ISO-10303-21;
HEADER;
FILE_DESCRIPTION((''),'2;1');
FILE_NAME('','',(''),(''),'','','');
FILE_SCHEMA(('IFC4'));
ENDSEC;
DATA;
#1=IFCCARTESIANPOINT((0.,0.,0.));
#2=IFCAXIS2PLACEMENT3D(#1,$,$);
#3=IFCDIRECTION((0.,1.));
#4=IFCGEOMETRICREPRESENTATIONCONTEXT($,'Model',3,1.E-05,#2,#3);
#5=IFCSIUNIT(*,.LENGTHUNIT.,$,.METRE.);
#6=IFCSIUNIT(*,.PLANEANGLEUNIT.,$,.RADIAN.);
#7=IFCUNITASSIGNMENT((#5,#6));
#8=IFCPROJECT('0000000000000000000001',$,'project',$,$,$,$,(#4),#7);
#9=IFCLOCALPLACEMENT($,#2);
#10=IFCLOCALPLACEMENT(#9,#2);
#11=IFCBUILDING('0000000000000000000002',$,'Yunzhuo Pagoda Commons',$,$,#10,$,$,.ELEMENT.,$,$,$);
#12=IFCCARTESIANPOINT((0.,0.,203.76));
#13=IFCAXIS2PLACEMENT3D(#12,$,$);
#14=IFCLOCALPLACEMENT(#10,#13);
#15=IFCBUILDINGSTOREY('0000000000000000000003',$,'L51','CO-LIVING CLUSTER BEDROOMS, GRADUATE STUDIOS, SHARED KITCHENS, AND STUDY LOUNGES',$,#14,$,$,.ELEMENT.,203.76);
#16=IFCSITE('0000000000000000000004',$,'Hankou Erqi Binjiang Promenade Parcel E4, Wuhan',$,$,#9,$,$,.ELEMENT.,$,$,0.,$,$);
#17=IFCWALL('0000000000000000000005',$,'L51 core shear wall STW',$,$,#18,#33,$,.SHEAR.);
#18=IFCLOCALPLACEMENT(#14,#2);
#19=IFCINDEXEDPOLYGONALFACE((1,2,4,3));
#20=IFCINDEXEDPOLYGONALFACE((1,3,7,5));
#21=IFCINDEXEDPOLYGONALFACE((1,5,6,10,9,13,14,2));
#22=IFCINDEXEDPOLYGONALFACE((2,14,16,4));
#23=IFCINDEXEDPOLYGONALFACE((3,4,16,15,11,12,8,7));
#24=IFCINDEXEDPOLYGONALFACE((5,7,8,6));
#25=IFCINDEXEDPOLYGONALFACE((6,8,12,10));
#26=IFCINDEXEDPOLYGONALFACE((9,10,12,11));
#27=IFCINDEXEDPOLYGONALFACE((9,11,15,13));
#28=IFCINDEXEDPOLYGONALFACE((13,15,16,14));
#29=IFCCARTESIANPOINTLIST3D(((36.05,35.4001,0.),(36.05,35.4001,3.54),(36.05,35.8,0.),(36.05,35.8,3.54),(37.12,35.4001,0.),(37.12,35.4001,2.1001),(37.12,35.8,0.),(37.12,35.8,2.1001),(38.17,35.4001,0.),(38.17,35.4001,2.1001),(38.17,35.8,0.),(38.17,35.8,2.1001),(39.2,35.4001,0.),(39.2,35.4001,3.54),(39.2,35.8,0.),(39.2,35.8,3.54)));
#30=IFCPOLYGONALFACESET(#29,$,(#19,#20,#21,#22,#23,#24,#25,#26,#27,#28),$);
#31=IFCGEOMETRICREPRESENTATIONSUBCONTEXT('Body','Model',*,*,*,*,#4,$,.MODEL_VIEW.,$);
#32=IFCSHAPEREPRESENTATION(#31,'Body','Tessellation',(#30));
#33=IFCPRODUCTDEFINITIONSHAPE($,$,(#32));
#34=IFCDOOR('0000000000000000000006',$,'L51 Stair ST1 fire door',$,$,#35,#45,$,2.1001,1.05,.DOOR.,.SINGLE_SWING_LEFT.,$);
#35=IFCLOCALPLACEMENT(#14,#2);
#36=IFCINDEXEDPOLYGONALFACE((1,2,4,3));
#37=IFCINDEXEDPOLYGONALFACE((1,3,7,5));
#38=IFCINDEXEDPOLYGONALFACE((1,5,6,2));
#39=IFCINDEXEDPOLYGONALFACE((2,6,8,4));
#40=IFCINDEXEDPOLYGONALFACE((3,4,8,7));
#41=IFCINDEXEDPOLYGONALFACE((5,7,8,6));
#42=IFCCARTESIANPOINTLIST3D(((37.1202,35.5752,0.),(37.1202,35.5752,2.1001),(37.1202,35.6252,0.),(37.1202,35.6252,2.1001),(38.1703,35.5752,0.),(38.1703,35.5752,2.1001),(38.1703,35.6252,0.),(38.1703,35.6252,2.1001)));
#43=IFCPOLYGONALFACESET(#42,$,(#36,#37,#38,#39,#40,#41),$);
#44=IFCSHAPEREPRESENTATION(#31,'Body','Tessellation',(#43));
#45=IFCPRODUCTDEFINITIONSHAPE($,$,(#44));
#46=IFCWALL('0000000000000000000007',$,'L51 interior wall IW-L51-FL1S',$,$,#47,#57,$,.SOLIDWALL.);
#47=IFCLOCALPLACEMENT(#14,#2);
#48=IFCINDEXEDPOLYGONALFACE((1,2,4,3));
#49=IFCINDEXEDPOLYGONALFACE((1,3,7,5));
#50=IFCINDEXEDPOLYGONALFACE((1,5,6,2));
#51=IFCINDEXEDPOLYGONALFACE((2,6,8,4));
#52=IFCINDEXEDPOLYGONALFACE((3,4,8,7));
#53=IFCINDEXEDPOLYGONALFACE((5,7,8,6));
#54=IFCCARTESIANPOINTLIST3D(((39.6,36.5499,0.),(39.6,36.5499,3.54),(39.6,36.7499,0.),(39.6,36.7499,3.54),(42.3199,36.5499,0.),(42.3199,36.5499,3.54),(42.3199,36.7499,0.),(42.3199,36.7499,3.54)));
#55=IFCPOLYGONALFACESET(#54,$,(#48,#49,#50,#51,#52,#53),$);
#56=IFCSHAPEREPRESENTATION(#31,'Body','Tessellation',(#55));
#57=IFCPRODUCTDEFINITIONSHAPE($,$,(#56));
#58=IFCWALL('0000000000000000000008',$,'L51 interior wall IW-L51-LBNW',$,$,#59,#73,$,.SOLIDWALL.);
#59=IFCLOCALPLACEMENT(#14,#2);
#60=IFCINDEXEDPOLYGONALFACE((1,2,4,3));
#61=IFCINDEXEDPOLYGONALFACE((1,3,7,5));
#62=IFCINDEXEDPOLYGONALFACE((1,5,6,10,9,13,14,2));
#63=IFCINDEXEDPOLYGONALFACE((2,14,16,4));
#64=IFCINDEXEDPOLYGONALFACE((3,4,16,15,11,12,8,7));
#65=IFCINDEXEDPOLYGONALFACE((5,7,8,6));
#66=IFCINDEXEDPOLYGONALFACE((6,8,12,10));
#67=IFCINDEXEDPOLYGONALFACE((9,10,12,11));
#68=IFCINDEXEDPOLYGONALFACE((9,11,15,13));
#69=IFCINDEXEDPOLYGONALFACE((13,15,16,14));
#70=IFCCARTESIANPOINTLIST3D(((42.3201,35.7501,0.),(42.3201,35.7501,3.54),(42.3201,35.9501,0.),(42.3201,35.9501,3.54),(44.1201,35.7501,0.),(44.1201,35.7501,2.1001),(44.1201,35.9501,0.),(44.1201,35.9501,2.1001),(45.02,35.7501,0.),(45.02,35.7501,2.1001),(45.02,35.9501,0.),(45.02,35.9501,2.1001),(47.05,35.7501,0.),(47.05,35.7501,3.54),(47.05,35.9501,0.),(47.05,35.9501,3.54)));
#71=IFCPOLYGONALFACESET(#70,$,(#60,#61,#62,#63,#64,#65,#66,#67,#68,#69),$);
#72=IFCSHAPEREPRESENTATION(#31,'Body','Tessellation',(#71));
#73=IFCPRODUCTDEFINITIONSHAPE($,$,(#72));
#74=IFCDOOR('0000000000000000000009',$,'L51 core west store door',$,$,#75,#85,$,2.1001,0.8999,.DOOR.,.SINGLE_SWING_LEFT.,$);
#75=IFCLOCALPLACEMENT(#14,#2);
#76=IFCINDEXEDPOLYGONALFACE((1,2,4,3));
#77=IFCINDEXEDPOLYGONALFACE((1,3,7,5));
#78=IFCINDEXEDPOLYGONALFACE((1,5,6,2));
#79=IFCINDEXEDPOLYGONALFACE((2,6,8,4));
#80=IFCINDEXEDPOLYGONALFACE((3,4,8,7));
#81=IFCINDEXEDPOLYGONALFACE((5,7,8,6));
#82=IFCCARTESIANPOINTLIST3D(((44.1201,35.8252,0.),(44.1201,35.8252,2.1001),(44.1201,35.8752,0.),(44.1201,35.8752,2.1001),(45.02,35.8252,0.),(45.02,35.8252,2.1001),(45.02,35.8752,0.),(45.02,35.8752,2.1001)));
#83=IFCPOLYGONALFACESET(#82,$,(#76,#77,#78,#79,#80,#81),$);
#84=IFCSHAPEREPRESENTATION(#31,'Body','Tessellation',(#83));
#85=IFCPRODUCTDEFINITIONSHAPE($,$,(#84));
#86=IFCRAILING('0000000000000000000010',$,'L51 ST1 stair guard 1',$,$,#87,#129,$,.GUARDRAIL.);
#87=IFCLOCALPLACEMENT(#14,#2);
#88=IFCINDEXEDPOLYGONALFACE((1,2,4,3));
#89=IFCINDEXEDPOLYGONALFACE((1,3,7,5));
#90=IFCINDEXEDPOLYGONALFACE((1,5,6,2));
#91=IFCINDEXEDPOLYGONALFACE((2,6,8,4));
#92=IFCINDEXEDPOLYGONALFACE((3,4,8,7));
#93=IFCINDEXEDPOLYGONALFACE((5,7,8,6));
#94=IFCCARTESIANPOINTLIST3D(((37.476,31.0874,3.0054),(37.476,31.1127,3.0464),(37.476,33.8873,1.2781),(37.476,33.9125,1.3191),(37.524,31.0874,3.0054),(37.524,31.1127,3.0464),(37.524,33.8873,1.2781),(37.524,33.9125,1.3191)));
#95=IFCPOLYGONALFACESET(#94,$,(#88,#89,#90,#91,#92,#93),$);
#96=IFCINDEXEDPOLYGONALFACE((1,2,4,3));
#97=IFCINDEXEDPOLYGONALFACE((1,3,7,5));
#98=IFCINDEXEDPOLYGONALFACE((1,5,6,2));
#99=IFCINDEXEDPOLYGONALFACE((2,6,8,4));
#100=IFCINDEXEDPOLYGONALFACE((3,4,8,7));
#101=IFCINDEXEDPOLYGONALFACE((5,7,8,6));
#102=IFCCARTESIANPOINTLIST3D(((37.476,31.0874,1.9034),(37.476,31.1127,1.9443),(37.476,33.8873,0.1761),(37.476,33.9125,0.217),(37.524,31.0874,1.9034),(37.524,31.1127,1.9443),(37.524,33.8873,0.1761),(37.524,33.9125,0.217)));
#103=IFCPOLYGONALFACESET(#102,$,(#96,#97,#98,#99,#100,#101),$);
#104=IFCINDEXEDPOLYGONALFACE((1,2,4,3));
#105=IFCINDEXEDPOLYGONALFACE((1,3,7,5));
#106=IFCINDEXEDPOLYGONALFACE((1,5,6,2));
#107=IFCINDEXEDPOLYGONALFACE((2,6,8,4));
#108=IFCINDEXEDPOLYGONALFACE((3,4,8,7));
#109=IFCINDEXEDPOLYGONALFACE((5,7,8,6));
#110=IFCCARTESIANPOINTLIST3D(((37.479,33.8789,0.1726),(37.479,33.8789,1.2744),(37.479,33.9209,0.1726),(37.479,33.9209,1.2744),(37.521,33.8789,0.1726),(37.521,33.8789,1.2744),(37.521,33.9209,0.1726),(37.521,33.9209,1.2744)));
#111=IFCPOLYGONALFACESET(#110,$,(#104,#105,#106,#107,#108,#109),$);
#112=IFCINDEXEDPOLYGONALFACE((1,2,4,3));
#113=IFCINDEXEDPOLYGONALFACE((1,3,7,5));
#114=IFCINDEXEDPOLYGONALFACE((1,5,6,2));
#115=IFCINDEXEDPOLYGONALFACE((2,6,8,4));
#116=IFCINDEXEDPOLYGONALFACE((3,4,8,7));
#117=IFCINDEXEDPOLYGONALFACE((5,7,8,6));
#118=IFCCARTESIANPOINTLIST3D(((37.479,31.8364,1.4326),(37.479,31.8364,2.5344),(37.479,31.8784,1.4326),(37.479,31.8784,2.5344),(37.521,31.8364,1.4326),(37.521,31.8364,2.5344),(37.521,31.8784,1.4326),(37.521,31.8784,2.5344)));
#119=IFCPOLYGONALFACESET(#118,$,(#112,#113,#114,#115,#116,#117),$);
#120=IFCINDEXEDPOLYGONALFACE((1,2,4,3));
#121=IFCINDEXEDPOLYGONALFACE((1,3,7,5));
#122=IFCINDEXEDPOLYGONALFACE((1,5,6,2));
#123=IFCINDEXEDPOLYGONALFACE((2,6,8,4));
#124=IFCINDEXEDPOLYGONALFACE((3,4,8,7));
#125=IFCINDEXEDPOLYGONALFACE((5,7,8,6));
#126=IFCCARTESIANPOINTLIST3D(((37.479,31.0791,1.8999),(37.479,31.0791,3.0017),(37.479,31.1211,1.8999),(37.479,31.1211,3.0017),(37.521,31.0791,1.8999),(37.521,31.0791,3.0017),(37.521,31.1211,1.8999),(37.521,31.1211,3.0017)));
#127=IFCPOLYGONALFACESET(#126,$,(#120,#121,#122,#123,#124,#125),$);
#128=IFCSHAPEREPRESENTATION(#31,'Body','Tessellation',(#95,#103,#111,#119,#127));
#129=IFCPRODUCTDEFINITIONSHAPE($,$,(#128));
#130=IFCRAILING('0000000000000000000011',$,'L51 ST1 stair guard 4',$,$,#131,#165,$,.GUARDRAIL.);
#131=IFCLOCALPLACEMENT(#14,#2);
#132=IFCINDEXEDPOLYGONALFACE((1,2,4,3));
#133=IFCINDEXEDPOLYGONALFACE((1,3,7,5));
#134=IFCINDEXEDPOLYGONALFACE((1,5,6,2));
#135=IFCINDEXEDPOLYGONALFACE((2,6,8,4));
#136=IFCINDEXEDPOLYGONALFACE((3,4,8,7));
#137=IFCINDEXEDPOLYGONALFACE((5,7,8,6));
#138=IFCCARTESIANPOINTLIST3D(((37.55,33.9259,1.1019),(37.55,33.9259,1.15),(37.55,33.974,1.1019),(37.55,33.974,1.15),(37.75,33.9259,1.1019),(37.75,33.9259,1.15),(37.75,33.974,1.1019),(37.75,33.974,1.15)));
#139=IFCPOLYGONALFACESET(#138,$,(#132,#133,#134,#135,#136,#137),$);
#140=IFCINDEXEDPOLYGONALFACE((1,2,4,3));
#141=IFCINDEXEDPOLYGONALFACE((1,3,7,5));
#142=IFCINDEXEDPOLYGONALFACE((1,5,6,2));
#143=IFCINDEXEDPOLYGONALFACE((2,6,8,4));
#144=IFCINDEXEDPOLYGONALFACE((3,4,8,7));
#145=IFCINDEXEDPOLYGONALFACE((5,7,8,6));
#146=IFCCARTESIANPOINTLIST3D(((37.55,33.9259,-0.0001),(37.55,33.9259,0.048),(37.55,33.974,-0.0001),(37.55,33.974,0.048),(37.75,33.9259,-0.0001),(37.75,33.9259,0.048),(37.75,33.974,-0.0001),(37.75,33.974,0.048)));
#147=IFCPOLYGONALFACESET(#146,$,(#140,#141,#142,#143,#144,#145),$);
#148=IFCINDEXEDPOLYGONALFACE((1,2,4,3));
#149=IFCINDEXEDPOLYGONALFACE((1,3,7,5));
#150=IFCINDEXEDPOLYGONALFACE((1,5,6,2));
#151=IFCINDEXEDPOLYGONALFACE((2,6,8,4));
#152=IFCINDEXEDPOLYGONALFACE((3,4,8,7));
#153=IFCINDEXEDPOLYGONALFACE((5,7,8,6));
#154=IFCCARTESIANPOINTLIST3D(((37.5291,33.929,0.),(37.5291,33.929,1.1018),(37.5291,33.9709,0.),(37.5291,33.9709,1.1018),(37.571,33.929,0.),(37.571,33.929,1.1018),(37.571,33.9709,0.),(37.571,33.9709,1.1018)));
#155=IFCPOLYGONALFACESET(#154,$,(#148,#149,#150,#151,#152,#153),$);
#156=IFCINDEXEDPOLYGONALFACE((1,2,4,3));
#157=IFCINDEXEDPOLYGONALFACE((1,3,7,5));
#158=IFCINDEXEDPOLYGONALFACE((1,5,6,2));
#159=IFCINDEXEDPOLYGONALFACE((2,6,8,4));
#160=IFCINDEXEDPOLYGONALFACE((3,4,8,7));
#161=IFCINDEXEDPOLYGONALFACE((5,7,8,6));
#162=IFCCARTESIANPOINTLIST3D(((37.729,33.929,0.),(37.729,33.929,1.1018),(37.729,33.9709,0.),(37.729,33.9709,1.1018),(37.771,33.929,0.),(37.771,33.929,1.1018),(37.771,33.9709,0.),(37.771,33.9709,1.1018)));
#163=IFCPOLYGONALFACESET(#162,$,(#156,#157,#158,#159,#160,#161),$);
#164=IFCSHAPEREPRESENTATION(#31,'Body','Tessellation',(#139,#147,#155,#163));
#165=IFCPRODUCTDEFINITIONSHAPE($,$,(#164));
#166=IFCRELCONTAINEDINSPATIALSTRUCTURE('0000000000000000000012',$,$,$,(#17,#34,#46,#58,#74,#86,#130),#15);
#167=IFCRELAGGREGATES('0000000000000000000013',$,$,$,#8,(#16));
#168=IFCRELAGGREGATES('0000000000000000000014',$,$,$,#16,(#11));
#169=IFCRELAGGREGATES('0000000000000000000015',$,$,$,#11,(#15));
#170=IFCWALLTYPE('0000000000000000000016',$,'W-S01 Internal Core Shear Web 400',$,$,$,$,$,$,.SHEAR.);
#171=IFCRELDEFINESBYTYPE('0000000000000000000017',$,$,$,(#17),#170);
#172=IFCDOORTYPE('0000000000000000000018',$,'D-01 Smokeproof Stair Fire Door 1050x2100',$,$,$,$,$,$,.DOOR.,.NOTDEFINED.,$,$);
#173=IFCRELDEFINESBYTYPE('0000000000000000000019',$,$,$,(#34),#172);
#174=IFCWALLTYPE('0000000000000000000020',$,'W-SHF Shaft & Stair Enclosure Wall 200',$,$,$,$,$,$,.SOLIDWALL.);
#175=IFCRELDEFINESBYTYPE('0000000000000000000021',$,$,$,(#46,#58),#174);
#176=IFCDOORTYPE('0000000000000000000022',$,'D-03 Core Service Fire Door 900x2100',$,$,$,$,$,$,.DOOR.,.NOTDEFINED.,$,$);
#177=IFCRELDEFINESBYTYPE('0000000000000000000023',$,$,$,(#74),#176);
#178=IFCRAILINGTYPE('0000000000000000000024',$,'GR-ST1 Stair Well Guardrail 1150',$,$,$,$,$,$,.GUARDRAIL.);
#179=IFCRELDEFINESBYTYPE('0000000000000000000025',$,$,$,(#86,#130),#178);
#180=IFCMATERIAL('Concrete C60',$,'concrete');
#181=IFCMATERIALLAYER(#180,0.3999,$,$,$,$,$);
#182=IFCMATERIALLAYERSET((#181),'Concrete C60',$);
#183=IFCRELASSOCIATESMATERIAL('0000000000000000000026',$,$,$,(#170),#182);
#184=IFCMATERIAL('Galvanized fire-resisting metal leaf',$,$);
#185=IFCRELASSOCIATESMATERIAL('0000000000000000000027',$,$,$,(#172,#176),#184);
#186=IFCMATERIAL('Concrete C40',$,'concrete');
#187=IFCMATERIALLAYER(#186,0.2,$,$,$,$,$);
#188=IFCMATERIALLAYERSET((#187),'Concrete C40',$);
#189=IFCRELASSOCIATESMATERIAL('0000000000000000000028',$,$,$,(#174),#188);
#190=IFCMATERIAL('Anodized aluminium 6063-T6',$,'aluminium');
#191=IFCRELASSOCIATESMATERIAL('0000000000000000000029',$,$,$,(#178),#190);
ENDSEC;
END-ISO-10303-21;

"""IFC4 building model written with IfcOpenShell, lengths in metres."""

from ifc_helpers import new_model, si_unit, direction, frame, frame_2d, origin, origin_2d, place, context, subcontext, project, spatial, rectangle, extrude, source, transform, mapped, material, layer, layer_set, type_object, element, fill, save


model = new_model("IFC4")

# Units and contexts
model_context = context("Model", 3, precision=1e-05, world=origin(), true_north=direction((0.0, 1.0)))
body_context = subcontext(model_context, "Body", "Model", "MODEL_VIEW")
ifc_project = project(units=[si_unit("LENGTHUNIT", "METRE"), si_unit("PLANEANGLEUNIT", "RADIAN")], contexts=[model_context])

# Site, building, storey
site_placement = place(None, origin())
site = spatial("IfcSite", under=ifc_project, at=site_placement, Name="Hankou Erqi Binjiang Promenade Parcel E4, Wuhan", CompositionType="ELEMENT", RefElevation=0.0)
building_placement = place(site_placement, origin())
building = spatial("IfcBuilding", under=site, at=building_placement, Name="Yunzhuo Pagoda Commons", CompositionType="ELEMENT")
storey_placement = place(building_placement, frame((0.0, 0.0, 203.76)))
storey = spatial("IfcBuildingStorey", under=building, at=storey_placement, Name="L51", Description="CO-LIVING CLUSTER BEDROOMS, GRADUATE STUDIOS, SHARED KITCHENS, AND STUDY LOUNGES", CompositionType="ELEMENT", Elevation=203.76)

# Shared definitions
ifc_material_1 = material(Name="Galvanized fire-resisting metal leaf")
shared_shape_1 = source(origin(), body_context, "Body", "SweptSolid", [
    extrude(rectangle(XDim=1.05, YDim=2.1001, at=frame_2d((0.5249, 1.05))), frame((0.0, 0.0249, 0.0), z_axis=(0.0, -1.0, 0.0), x_axis=(1.0, 0.0, 0.0)), (0.0, 0.0, 1.0), 0.05),
])

# Wall, opening, door
ifc_material_2 = material(Name="Concrete C60", Category="concrete")
ifc_layer_1 = layer(ifc_material_2, 0.3999)
ifc_layer_set_1 = layer_set([ifc_layer_1], Name="Concrete C60")
wall_type_1 = type_object("IfcWallType", Name="W-S01 Internal Core Shear Web 400", PredefinedType="SHEAR", material=ifc_layer_set_1)
wall_1_placement = place(storey_placement, frame((36.05, 35.6001, 0.0), z_axis=(0.0, 0.0, 1.0), x_axis=(1.0, 0.0, 0.0)))
wall_1 = element("IfcWall", 1, at=wall_1_placement, inside=storey, type_object=wall_type_1, Name="L51 core shear wall STW", PredefinedType="SHEAR", context=body_context, shape_type="SweptSolid", body=[
    extrude(rectangle(XDim=3.1499, YDim=0.3999, at=frame_2d((1.575, 0.0))), origin(), (0.0, 0.0, 1.0), 3.54),
])
opening_1_placement = place(wall_1_placement, frame((1.0701, 0.0, 0.0)))
opening_1 = element("IfcOpeningElement", 2, at=opening_1_placement, cuts=wall_1, PredefinedType="OPENING", context=body_context, shape_type="SweptSolid", body=[
    extrude(rectangle(XDim=1.05, YDim=2.1001, at=frame_2d((0.5249, 1.05))), frame((0.0, 0.21, 0.0), z_axis=(0.0, -1.0, 0.0), x_axis=(1.0, 0.0, 0.0)), (0.0, 0.0, 1.0), 0.4199),
])
door_type_1 = type_object("IfcDoorType", Name="D-01 Smokeproof Stair Fire Door 1050x2100", OperationType="NOTDEFINED", PredefinedType="DOOR", material=ifc_material_1)
door_1_placement = place(opening_1_placement, frame((1.05, 0.0, 0.0), z_axis=(0.0, 0.0, 1.0), x_axis=(-1.0, 0.0, 0.0)))
door_1 = element("IfcDoor", 3, at=door_1_placement, inside=storey, type_object=door_type_1, Name="L51 Stair ST1 fire door", OperationType="SINGLE_SWING_LEFT", OverallHeight=2.1001, OverallWidth=1.05, PredefinedType="DOOR", context=body_context, shape_type="MappedRepresentation", body=[
    mapped(shared_shape_1, transform((0.0, 0.0, 0.0), scale=1.0)),
])
fill(opening_1, door_1)

# Wall
ifc_material_3 = material(Name="Concrete C40", Category="concrete")
ifc_layer_2 = layer(ifc_material_3, 0.2)
ifc_layer_set_2 = layer_set([ifc_layer_2], Name="Concrete C40")
wall_type_2 = type_object("IfcWallType", Name="W-SHF Shaft & Stair Enclosure Wall 200", PredefinedType="SOLIDWALL", material=ifc_layer_set_2)
wall_2_placement = place(storey_placement, frame((39.6001, 36.6499, 0.0), z_axis=(0.0, 0.0, 1.0), x_axis=(1.0, 0.0, 0.0)))
element("IfcWall", 4, at=wall_2_placement, inside=storey, type_object=wall_type_2, Name="L51 interior wall IW-L51-FL1S", PredefinedType="SOLIDWALL", context=body_context, shape_type="SweptSolid", body=[
    extrude(rectangle(XDim=2.72, YDim=0.2, at=frame_2d((1.3599, 0.0))), origin(), (0.0, 0.0, 1.0), 3.54),
])

# Wall, opening, door
wall_3_placement = place(storey_placement, frame((42.3201, 35.8501, 0.0), z_axis=(0.0, 0.0, 1.0), x_axis=(1.0, 0.0, 0.0)))
wall_3 = element("IfcWall", 5, at=wall_3_placement, inside=storey, type_object=wall_type_2, Name="L51 interior wall IW-L51-LBNW", PredefinedType="SOLIDWALL", context=body_context, shape_type="SweptSolid", body=[
    extrude(rectangle(XDim=4.73, YDim=0.2, at=frame_2d((2.365, 0.0))), origin(), (0.0, 0.0, 1.0), 3.54),
])
opening_2_placement = place(wall_3_placement, frame((1.8, 0.0, 0.0)))
opening_2 = element("IfcOpeningElement", 6, at=opening_2_placement, cuts=wall_3, PredefinedType="OPENING", context=body_context, shape_type="SweptSolid", body=[
    extrude(rectangle(XDim=0.8999, YDim=2.1001, at=frame_2d((0.45, 1.05))), frame((0.0, 0.1099, 0.0), z_axis=(0.0, -1.0, 0.0), x_axis=(1.0, 0.0, 0.0)), (0.0, 0.0, 1.0), 0.22),
])
door_type_2 = type_object("IfcDoorType", Name="D-03 Core Service Fire Door 900x2100", OperationType="NOTDEFINED", PredefinedType="DOOR", material=ifc_material_1)
shared_shape_2 = source(origin(), body_context, "Body", "SweptSolid", [
    extrude(rectangle(XDim=0.8999, YDim=2.1001, at=frame_2d((0.45, 1.05))), frame((0.0, 0.0249, 0.0), z_axis=(0.0, -1.0, 0.0), x_axis=(1.0, 0.0, 0.0)), (0.0, 0.0, 1.0), 0.05),
])
door_2_placement = place(opening_2_placement, frame((0.8999, 0.0, 0.0), z_axis=(0.0, 0.0, 1.0), x_axis=(-1.0, 0.0, 0.0)))
door_2 = element("IfcDoor", 7, at=door_2_placement, inside=storey, type_object=door_type_2, Name="L51 core west store door", OperationType="SINGLE_SWING_LEFT", OverallHeight=2.1001, OverallWidth=0.8999, PredefinedType="DOOR", context=body_context, shape_type="MappedRepresentation", body=[
    mapped(shared_shape_2, transform((0.0, 0.0, 0.0), scale=1.0)),
])
fill(opening_2, door_2)

# Railings
ifc_material_4 = material(Name="Anodized aluminium 6063-T6", Category="aluminium")
railing_type = type_object("IfcRailingType", Name="GR-ST1 Stair Well Guardrail 1150", PredefinedType="GUARDRAIL", material=ifc_material_4)
railing_1_placement = place(storey_placement, frame((37.5, 33.8999, 0.1726)))
element("IfcRailing", 8, at=railing_1_placement, inside=storey, type_object=railing_type, Name="L51 ST1 stair guard 1", PredefinedType="GUARDRAIL", context=body_context, shape_type="SweptSolid", body=[
    extrude(rectangle(XDim=0.0481, YDim=0.0481, at=origin_2d()), frame((0.0, 0.0, 1.126), z_axis=(0.0, -0.851069, 0.525054), x_axis=(1.0, 0.0, 0.0)), (0.0, 0.0, 1.0), 3.2898),
    extrude(rectangle(XDim=0.0481, YDim=0.0481, at=origin_2d()), frame((0.0, 0.0, 0.0239), z_axis=(0.0, -0.851069, 0.525054), x_axis=(1.0, 0.0, 0.0)), (0.0, 0.0, 1.0), 3.2898),
    extrude(rectangle(XDim=0.042, YDim=0.042, at=origin_2d()), origin(), (0.0, 0.0, 1.0), 1.1018),
    extrude(rectangle(XDim=0.042, YDim=0.042, at=origin_2d()), frame((0.0, -2.0425, 1.26)), (0.0, 0.0, 1.0), 1.1018),
    extrude(rectangle(XDim=0.042, YDim=0.042, at=origin_2d()), frame((0.0, -2.7998, 1.7273)), (0.0, 0.0, 1.0), 1.1018),
])
railing_2_placement = place(storey_placement, frame((37.55, 33.95, 0.0)))
element("IfcRailing", 9, at=railing_2_placement, inside=storey, type_object=railing_type, Name="L51 ST1 stair guard 4", PredefinedType="GUARDRAIL", context=body_context, shape_type="SweptSolid", body=[
    extrude(rectangle(XDim=0.0481, YDim=0.0481, at=origin_2d()), frame((0.0, 0.0, 1.126), z_axis=(1.0, 0.0, 0.0), x_axis=(0.0, 1.0, 0.0)), (0.0, 0.0, 1.0), 0.2),
    extrude(rectangle(XDim=0.0481, YDim=0.0481, at=origin_2d()), frame((0.0, 0.0, 0.0239), z_axis=(1.0, 0.0, 0.0), x_axis=(0.0, 1.0, 0.0)), (0.0, 0.0, 1.0), 0.2),
    extrude(rectangle(XDim=0.042, YDim=0.042, at=origin_2d()), origin(), (0.0, 0.0, 1.0), 1.1018),
    extrude(rectangle(XDim=0.042, YDim=0.042, at=origin_2d()), frame((0.2, 0.0, 0.0)), (0.0, 0.0, 1.0), 1.1018),
])

save(model, "model.ifc")
